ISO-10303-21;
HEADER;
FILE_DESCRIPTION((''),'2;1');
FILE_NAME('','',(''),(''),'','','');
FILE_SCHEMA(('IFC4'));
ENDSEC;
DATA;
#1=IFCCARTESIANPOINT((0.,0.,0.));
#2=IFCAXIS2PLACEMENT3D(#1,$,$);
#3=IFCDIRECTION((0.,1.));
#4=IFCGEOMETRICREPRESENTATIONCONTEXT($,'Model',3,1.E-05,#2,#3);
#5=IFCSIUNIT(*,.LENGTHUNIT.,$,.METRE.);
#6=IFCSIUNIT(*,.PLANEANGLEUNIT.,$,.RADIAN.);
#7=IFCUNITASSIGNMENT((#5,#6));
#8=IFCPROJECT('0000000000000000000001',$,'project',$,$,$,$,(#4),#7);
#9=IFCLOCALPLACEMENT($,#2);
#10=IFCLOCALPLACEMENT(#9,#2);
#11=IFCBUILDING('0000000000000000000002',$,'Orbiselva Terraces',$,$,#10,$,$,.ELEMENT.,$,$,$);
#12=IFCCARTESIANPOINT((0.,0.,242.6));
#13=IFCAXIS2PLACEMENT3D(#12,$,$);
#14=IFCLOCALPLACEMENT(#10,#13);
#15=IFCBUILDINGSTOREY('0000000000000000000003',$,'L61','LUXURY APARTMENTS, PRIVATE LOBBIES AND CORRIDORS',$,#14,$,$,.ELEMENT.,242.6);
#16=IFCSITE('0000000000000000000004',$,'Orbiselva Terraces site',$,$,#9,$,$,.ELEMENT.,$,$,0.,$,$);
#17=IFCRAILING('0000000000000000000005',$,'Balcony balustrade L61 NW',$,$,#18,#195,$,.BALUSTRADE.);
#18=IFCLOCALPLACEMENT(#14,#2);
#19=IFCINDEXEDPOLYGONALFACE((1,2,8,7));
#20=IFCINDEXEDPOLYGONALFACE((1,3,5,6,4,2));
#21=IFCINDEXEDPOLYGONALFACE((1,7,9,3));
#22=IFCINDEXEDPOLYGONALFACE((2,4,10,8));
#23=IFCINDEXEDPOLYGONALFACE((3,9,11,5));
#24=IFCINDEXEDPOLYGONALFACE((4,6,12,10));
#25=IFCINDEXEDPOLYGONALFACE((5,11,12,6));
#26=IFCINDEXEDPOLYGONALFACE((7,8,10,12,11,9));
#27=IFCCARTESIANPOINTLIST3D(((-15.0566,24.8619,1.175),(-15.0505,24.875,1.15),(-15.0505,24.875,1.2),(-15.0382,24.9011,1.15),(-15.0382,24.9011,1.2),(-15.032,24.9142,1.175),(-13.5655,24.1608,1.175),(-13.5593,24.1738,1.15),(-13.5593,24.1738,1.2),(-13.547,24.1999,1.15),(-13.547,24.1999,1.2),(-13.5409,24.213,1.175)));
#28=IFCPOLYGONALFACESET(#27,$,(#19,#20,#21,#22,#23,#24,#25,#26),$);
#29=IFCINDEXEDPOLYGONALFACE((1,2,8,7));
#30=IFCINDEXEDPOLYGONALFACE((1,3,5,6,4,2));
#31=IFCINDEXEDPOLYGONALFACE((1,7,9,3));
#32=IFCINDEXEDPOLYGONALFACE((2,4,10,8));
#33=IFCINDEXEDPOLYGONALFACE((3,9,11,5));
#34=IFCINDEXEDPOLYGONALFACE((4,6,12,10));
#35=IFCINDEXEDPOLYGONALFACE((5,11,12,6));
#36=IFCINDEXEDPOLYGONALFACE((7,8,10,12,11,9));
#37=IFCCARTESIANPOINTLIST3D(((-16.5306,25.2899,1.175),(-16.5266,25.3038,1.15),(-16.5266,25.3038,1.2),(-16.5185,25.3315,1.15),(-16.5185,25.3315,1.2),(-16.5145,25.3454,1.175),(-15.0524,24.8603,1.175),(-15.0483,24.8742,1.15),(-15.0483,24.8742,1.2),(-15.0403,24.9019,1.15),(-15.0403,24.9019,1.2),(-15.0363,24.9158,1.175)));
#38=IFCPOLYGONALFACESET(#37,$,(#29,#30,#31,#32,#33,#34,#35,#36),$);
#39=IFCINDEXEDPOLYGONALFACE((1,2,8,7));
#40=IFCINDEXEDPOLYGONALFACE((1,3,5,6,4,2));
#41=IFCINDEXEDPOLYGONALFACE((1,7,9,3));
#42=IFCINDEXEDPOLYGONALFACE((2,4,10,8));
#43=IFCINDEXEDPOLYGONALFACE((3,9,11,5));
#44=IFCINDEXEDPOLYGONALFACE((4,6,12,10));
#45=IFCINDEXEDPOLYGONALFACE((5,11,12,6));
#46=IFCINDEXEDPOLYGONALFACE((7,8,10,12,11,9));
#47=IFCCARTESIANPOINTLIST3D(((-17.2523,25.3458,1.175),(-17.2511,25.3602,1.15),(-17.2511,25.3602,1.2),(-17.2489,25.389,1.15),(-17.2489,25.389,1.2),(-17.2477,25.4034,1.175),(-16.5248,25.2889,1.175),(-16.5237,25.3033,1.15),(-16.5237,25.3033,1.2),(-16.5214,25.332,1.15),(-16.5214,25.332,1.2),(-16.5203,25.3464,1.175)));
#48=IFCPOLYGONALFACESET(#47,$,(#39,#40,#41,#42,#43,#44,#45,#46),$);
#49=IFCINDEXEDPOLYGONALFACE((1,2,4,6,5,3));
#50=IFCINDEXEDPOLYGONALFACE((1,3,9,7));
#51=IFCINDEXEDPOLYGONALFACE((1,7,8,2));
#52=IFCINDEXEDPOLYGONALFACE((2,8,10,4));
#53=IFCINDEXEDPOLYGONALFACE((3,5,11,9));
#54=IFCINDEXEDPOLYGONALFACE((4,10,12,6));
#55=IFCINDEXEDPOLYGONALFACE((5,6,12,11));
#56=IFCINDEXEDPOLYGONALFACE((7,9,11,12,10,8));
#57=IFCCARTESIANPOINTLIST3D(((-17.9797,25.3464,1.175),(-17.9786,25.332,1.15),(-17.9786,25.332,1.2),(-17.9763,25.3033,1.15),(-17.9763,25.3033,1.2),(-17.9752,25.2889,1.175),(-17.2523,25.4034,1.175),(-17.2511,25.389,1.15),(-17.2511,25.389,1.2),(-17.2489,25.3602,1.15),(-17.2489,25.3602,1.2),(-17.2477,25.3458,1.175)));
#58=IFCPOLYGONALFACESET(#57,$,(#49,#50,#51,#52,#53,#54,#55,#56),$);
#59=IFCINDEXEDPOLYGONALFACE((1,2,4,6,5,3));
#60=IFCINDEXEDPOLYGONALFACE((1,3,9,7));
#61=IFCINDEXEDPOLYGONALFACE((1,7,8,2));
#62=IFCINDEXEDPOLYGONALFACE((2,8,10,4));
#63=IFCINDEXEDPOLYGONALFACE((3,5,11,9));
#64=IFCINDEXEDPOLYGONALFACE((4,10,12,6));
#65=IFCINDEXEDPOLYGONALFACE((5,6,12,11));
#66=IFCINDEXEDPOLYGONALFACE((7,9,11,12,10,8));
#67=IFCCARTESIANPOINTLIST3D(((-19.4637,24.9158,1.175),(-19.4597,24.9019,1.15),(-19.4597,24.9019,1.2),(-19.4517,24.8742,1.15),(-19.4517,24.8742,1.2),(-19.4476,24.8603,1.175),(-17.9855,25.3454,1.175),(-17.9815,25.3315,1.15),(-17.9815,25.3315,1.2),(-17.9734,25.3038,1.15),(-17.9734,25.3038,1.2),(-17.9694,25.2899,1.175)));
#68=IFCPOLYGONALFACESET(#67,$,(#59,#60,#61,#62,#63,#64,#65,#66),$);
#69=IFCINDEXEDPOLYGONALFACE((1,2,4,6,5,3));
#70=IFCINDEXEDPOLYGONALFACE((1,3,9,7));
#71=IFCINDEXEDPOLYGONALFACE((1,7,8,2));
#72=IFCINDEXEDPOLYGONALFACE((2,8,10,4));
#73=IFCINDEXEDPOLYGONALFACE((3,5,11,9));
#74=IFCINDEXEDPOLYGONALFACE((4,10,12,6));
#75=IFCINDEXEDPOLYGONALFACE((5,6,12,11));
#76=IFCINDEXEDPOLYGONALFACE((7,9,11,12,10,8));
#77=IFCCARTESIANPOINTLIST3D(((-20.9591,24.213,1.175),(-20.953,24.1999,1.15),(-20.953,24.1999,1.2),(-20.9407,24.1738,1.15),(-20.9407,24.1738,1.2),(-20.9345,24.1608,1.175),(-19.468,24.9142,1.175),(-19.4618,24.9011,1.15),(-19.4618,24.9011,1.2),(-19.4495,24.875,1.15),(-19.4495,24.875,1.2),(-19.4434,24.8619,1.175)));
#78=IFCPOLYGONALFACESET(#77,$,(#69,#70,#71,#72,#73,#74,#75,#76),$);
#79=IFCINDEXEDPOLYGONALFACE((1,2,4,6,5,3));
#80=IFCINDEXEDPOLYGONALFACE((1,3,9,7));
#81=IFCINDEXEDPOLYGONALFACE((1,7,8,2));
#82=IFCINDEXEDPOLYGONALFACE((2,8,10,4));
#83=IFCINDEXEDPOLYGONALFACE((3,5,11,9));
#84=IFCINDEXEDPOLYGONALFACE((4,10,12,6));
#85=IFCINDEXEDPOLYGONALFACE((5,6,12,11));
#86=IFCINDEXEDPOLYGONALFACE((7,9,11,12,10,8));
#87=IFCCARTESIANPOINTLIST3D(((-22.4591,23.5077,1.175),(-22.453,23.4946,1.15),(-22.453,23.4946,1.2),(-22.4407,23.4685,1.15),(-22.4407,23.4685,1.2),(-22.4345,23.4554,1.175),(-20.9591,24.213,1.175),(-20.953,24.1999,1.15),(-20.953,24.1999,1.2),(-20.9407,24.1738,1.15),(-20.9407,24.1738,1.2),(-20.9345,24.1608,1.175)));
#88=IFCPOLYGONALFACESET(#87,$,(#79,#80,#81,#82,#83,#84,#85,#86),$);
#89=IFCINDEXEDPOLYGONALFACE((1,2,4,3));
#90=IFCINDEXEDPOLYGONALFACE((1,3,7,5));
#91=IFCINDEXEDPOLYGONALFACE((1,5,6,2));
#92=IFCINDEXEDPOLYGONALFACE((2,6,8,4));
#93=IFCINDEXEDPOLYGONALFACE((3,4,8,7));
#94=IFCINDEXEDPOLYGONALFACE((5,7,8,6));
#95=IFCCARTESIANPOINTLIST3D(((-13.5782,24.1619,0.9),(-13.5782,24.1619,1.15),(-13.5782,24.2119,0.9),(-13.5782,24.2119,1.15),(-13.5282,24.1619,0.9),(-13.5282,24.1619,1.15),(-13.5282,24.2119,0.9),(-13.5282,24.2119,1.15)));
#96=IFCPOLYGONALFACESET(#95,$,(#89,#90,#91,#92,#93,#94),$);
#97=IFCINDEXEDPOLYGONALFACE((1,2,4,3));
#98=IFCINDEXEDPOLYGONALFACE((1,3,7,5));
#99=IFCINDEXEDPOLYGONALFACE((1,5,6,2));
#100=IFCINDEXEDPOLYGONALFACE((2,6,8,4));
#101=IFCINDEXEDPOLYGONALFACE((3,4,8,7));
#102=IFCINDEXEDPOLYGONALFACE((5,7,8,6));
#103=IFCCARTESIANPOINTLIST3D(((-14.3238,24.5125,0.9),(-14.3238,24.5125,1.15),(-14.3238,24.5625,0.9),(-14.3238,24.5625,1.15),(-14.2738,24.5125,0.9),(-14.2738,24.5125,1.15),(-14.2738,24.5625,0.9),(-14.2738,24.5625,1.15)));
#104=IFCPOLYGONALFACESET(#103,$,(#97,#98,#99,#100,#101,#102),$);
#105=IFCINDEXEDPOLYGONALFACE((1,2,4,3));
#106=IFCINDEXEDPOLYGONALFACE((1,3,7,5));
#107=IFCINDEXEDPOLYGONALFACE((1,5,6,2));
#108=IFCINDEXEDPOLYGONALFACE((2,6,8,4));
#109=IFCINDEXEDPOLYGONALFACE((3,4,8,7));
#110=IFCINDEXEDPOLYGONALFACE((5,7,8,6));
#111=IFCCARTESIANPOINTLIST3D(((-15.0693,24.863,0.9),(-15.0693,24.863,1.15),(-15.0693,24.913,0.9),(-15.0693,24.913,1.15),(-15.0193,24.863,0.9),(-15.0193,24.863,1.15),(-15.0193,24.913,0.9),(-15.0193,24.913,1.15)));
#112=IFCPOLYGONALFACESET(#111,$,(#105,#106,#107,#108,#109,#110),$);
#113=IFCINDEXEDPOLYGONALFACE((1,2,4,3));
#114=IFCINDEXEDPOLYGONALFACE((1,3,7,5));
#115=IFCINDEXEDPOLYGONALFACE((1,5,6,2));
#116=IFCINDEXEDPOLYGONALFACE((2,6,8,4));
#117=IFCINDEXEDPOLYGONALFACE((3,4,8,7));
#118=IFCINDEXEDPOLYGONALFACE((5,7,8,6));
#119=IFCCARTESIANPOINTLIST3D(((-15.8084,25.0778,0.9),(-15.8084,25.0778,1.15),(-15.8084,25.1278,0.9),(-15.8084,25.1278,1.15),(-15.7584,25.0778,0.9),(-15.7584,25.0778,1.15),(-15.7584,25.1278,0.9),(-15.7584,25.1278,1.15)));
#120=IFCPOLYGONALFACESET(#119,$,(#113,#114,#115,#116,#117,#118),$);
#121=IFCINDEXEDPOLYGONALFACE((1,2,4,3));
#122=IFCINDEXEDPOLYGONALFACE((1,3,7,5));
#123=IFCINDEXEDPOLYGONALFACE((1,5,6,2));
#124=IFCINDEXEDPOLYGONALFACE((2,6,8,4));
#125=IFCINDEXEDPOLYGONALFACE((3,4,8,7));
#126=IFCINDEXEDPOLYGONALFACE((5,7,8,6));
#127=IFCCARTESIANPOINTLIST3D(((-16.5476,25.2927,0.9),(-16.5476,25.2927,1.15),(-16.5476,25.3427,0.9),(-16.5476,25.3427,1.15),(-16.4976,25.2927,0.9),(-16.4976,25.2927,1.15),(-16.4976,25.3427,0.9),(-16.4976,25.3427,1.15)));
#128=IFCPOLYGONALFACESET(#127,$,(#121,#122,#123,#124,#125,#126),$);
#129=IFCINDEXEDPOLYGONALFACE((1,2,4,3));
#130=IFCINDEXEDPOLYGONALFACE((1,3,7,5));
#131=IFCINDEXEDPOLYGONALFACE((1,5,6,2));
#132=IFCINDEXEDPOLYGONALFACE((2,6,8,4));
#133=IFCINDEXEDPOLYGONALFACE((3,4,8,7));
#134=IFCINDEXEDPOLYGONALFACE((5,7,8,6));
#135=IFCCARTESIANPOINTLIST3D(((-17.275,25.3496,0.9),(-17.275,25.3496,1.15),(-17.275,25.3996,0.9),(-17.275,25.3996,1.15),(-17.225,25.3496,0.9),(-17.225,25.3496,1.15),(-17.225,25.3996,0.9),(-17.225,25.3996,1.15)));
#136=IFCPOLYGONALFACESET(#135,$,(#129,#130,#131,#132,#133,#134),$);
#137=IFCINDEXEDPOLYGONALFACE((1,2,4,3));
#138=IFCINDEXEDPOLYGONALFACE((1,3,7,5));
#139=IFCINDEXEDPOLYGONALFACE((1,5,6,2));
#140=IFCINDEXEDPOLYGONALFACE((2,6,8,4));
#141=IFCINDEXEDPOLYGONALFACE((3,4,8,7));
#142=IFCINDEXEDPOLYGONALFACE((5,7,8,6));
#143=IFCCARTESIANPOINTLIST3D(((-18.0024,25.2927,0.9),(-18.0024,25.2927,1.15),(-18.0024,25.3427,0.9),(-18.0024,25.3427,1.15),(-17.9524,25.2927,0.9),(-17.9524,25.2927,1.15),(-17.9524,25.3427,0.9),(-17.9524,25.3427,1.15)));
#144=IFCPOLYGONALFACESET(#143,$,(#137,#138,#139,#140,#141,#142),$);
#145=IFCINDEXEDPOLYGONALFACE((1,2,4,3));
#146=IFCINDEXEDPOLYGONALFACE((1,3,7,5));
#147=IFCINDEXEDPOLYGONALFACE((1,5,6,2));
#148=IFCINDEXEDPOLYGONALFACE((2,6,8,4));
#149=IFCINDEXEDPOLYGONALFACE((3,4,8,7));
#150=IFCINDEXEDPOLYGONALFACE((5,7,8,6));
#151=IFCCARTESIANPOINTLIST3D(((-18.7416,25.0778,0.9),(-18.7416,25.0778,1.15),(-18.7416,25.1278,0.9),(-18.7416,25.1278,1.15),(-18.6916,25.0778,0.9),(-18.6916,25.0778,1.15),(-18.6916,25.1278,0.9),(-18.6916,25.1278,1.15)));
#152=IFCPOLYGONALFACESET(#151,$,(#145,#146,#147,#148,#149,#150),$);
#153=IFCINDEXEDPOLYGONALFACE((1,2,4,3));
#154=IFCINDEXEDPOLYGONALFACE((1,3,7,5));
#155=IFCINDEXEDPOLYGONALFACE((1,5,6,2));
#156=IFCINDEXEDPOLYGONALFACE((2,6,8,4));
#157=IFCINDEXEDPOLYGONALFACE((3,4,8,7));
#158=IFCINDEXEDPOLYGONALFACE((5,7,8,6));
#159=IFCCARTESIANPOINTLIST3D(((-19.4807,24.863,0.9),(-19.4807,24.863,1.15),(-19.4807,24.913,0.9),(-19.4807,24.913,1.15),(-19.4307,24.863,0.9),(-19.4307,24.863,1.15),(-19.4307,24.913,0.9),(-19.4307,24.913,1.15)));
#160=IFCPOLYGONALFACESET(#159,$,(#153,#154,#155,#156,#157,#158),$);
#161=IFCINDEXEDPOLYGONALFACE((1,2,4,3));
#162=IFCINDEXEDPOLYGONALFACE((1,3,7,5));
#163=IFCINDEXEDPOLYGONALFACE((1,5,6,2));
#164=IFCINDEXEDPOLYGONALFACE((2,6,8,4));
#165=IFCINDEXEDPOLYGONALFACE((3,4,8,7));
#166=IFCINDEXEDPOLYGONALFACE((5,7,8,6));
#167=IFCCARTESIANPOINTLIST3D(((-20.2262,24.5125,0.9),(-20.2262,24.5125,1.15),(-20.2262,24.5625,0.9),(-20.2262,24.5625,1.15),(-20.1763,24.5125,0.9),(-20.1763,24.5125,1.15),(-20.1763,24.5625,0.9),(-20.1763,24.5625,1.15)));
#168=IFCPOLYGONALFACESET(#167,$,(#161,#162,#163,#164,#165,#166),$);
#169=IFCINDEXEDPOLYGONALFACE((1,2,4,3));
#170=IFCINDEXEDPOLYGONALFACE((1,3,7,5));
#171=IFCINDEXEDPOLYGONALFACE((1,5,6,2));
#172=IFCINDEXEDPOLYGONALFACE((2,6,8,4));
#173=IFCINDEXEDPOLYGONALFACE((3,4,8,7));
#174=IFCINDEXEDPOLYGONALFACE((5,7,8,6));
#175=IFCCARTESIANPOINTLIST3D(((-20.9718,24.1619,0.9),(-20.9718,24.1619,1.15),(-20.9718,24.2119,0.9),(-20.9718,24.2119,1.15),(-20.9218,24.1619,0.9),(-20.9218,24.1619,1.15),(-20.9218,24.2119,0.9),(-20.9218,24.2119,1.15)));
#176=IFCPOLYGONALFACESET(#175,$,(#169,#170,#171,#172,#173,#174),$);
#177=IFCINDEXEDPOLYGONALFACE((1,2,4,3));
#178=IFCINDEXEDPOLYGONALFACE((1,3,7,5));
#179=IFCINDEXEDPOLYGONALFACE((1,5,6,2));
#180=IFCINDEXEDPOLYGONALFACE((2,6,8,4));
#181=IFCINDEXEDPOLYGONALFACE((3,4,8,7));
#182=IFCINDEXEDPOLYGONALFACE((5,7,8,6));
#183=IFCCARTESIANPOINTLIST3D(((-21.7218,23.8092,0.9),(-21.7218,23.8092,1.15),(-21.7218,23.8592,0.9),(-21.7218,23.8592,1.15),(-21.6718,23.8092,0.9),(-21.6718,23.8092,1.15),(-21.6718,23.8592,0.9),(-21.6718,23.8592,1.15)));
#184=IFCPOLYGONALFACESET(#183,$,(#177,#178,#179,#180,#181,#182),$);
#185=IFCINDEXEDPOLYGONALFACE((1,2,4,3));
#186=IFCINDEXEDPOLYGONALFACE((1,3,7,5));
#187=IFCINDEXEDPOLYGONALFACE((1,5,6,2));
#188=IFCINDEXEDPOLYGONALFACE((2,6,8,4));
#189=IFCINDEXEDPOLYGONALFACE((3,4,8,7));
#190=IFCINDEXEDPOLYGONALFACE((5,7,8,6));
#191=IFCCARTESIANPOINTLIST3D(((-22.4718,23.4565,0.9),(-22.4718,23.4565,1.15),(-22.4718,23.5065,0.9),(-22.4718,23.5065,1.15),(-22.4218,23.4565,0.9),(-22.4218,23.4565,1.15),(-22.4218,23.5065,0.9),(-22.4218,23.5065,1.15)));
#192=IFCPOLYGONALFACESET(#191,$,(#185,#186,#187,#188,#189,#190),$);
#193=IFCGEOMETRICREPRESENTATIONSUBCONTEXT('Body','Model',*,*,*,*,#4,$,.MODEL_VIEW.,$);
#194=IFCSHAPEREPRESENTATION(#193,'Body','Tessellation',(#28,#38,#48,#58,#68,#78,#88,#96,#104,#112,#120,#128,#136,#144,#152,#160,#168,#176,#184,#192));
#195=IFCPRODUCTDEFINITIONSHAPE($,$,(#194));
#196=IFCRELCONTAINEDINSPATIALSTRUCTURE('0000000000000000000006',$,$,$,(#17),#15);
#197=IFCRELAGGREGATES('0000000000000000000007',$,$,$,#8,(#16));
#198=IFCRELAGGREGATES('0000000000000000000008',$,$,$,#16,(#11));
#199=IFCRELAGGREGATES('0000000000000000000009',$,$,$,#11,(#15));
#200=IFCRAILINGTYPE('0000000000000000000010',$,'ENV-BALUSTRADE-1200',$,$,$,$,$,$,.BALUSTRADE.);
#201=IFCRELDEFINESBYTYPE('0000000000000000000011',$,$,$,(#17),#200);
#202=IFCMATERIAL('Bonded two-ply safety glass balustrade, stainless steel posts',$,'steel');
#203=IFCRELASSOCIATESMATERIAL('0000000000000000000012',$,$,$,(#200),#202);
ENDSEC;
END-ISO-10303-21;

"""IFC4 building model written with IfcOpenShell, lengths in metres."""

from ifc_helpers import new_model, si_unit, direction, frame, origin, origin_2d, place, context, subcontext, project, spatial, polyline, rectangle, outline, extrude, material, type_object, element, save


model = new_model("IFC4")

# Units and contexts
model_context = context("Model", 3, precision=1e-05, world=origin(), true_north=direction((0.0, 1.0)))
body_context = subcontext(model_context, "Body", "Model", "MODEL_VIEW")
ifc_project = project(units=[si_unit("LENGTHUNIT", "METRE"), si_unit("PLANEANGLEUNIT", "RADIAN")], contexts=[model_context])

# Site, building, storey
site_placement = place(None, origin())
site = spatial("IfcSite", under=ifc_project, at=site_placement, Name="Orbiselva Terraces site", CompositionType="ELEMENT", RefElevation=0.0)
building_placement = place(site_placement, origin())
building = spatial("IfcBuilding", under=site, at=building_placement, Name="Orbiselva Terraces", CompositionType="ELEMENT")
storey_placement = place(building_placement, frame((0.0, 0.0, 242.6)))
storey = spatial("IfcBuildingStorey", under=building, at=storey_placement, Name="L61", Description="LUXURY APARTMENTS, PRIVATE LOBBIES AND CORRIDORS", CompositionType="ELEMENT", Elevation=242.6)

# Railing
ifc_material_1 = material(Name="Bonded two-ply safety glass balustrade, stainless steel posts", Category="steel")
railing_type_1 = type_object("IfcRailingType", Name="ENV-BALUSTRADE-1200", PredefinedType="BALUSTRADE", material=ifc_material_1)
railing_1_placement = place(storey_placement, frame((-13.5532, 24.1869, 0.9)))
element("IfcRailing", 1, at=railing_1_placement, inside=storey, type_object=railing_type_1, Name="Balcony balustrade L61 NW", PredefinedType="BALUSTRADE", context=body_context, shape_type="SweptSolid", body=[
    extrude(outline(polyline([(0.0289, 0.0), (0.0144, 0.025), (-0.0144, 0.025), (-0.0289, 0.0), (-0.0144, -0.025), (0.0144, -0.025), (0.0289, 0.0)])), frame((0.0, 0.0, 0.275), z_axis=(-0.904944, 0.42553, 0.0), x_axis=(-0.42553, -0.904944, 0.0)), (0.0, 0.0, 1.0), 1.6477),
    extrude(outline(polyline([(0.0289, 0.0), (0.0144, 0.025), (-0.0144, 0.025), (-0.0289, 0.0), (-0.0144, -0.025), (0.0144, -0.025), (0.0289, 0.0)])), frame((-1.4911, 0.7012, 0.275), z_axis=(-0.96027, 0.279072, 0.0), x_axis=(-0.279072, -0.96027, 0.0)), (0.0, 0.0, 1.0), 1.5394),
    extrude(outline(polyline([(0.0289, 0.0), (0.0144, 0.025), (-0.0144, 0.025), (-0.0289, 0.0), (-0.0144, -0.025), (0.0144, -0.025), (0.0289, 0.0)])), frame((-2.9694, 1.1308, 0.275), z_axis=(-0.996948, 0.07807, 0.0), x_axis=(-0.07807, -0.996948, 0.0)), (0.0, 0.0, 1.0), 0.7297),
    extrude(outline(polyline([(0.0289, 0.0), (0.0144, 0.025), (-0.0144, 0.025), (-0.0289, 0.0), (-0.0144, -0.025), (0.0144, -0.025), (0.0289, 0.0)])), frame((-3.6968, 1.1877, 0.275), z_axis=(-0.996948, -0.07807, 0.0), x_axis=(0.07807, -0.996948, 0.0)), (0.0, 0.0, 1.0), 0.7297),
    extrude(outline(polyline([(0.0289, 0.0), (0.0144, 0.025), (-0.0144, 0.025), (-0.0289, 0.0), (-0.0144, -0.025), (0.0144, -0.025), (0.0289, 0.0)])), frame((-4.4243, 1.1308, 0.275), z_axis=(-0.96027, -0.279072, 0.0), x_axis=(0.279072, -0.96027, 0.0)), (0.0, 0.0, 1.0), 1.5394),
    extrude(outline(polyline([(0.0289, 0.0), (0.0144, 0.025), (-0.0144, 0.025), (-0.0289, 0.0), (-0.0144, -0.025), (0.0144, -0.025), (0.0289, 0.0)])), frame((-5.9025, 0.7012, 0.275), z_axis=(-0.904944, -0.42553, 0.0), x_axis=(0.42553, -0.904944, 0.0)), (0.0, 0.0, 1.0), 1.6477),
    extrude(outline(polyline([(0.0289, 0.0), (0.0144, 0.025), (-0.0144, 0.025), (-0.0289, 0.0), (-0.0144, -0.025), (0.0144, -0.025), (0.0289, 0.0)])), frame((-7.3936, 0.0, 0.275), z_axis=(-0.904944, -0.42553, 0.0), x_axis=(0.42553, -0.904944, 0.0)), (0.0, 0.0, 1.0), 1.6576),
    extrude(rectangle(XDim=0.05, YDim=0.05, at=origin_2d()), origin(), (0.0, 0.0, 1.0), 0.25),
    extrude(rectangle(XDim=0.05, YDim=0.05, at=origin_2d()), frame((-0.7456, 0.3506, 0.0)), (0.0, 0.0, 1.0), 0.25),
    extrude(rectangle(XDim=0.05, YDim=0.05, at=origin_2d()), frame((-1.4911, 0.7012, 0.0)), (0.0, 0.0, 1.0), 0.25),
    extrude(rectangle(XDim=0.05, YDim=0.05, at=origin_2d()), frame((-2.2302, 0.916, 0.0)), (0.0, 0.0, 1.0), 0.25),
    extrude(rectangle(XDim=0.05, YDim=0.05, at=origin_2d()), frame((-2.9694, 1.1308, 0.0)), (0.0, 0.0, 1.0), 0.25),
    extrude(rectangle(XDim=0.05, YDim=0.05, at=origin_2d()), frame((-3.6968, 1.1877, 0.0)), (0.0, 0.0, 1.0), 0.25),
    extrude(rectangle(XDim=0.05, YDim=0.05, at=origin_2d()), frame((-4.4243, 1.1308, 0.0)), (0.0, 0.0, 1.0), 0.25),
    extrude(rectangle(XDim=0.05, YDim=0.05, at=origin_2d()), frame((-5.1634, 0.916, 0.0)), (0.0, 0.0, 1.0), 0.25),
    extrude(rectangle(XDim=0.05, YDim=0.05, at=origin_2d()), frame((-5.9025, 0.7012, 0.0)), (0.0, 0.0, 1.0), 0.25),
    extrude(rectangle(XDim=0.05, YDim=0.05, at=origin_2d()), frame((-6.6481, 0.3506, 0.0)), (0.0, 0.0, 1.0), 0.25),
    extrude(rectangle(XDim=0.05, YDim=0.05, at=origin_2d()), frame((-7.3936, 0.0, 0.0)), (0.0, 0.0, 1.0), 0.25),
    extrude(rectangle(XDim=0.05, YDim=0.05, at=origin_2d()), frame((-8.1436, -0.3527, 0.0)), (0.0, 0.0, 1.0), 0.25),
    extrude(rectangle(XDim=0.05, YDim=0.05, at=origin_2d()), frame((-8.8936, -0.7053, 0.0)), (0.0, 0.0, 1.0), 0.25),
])

save(model, "model.ifc")
